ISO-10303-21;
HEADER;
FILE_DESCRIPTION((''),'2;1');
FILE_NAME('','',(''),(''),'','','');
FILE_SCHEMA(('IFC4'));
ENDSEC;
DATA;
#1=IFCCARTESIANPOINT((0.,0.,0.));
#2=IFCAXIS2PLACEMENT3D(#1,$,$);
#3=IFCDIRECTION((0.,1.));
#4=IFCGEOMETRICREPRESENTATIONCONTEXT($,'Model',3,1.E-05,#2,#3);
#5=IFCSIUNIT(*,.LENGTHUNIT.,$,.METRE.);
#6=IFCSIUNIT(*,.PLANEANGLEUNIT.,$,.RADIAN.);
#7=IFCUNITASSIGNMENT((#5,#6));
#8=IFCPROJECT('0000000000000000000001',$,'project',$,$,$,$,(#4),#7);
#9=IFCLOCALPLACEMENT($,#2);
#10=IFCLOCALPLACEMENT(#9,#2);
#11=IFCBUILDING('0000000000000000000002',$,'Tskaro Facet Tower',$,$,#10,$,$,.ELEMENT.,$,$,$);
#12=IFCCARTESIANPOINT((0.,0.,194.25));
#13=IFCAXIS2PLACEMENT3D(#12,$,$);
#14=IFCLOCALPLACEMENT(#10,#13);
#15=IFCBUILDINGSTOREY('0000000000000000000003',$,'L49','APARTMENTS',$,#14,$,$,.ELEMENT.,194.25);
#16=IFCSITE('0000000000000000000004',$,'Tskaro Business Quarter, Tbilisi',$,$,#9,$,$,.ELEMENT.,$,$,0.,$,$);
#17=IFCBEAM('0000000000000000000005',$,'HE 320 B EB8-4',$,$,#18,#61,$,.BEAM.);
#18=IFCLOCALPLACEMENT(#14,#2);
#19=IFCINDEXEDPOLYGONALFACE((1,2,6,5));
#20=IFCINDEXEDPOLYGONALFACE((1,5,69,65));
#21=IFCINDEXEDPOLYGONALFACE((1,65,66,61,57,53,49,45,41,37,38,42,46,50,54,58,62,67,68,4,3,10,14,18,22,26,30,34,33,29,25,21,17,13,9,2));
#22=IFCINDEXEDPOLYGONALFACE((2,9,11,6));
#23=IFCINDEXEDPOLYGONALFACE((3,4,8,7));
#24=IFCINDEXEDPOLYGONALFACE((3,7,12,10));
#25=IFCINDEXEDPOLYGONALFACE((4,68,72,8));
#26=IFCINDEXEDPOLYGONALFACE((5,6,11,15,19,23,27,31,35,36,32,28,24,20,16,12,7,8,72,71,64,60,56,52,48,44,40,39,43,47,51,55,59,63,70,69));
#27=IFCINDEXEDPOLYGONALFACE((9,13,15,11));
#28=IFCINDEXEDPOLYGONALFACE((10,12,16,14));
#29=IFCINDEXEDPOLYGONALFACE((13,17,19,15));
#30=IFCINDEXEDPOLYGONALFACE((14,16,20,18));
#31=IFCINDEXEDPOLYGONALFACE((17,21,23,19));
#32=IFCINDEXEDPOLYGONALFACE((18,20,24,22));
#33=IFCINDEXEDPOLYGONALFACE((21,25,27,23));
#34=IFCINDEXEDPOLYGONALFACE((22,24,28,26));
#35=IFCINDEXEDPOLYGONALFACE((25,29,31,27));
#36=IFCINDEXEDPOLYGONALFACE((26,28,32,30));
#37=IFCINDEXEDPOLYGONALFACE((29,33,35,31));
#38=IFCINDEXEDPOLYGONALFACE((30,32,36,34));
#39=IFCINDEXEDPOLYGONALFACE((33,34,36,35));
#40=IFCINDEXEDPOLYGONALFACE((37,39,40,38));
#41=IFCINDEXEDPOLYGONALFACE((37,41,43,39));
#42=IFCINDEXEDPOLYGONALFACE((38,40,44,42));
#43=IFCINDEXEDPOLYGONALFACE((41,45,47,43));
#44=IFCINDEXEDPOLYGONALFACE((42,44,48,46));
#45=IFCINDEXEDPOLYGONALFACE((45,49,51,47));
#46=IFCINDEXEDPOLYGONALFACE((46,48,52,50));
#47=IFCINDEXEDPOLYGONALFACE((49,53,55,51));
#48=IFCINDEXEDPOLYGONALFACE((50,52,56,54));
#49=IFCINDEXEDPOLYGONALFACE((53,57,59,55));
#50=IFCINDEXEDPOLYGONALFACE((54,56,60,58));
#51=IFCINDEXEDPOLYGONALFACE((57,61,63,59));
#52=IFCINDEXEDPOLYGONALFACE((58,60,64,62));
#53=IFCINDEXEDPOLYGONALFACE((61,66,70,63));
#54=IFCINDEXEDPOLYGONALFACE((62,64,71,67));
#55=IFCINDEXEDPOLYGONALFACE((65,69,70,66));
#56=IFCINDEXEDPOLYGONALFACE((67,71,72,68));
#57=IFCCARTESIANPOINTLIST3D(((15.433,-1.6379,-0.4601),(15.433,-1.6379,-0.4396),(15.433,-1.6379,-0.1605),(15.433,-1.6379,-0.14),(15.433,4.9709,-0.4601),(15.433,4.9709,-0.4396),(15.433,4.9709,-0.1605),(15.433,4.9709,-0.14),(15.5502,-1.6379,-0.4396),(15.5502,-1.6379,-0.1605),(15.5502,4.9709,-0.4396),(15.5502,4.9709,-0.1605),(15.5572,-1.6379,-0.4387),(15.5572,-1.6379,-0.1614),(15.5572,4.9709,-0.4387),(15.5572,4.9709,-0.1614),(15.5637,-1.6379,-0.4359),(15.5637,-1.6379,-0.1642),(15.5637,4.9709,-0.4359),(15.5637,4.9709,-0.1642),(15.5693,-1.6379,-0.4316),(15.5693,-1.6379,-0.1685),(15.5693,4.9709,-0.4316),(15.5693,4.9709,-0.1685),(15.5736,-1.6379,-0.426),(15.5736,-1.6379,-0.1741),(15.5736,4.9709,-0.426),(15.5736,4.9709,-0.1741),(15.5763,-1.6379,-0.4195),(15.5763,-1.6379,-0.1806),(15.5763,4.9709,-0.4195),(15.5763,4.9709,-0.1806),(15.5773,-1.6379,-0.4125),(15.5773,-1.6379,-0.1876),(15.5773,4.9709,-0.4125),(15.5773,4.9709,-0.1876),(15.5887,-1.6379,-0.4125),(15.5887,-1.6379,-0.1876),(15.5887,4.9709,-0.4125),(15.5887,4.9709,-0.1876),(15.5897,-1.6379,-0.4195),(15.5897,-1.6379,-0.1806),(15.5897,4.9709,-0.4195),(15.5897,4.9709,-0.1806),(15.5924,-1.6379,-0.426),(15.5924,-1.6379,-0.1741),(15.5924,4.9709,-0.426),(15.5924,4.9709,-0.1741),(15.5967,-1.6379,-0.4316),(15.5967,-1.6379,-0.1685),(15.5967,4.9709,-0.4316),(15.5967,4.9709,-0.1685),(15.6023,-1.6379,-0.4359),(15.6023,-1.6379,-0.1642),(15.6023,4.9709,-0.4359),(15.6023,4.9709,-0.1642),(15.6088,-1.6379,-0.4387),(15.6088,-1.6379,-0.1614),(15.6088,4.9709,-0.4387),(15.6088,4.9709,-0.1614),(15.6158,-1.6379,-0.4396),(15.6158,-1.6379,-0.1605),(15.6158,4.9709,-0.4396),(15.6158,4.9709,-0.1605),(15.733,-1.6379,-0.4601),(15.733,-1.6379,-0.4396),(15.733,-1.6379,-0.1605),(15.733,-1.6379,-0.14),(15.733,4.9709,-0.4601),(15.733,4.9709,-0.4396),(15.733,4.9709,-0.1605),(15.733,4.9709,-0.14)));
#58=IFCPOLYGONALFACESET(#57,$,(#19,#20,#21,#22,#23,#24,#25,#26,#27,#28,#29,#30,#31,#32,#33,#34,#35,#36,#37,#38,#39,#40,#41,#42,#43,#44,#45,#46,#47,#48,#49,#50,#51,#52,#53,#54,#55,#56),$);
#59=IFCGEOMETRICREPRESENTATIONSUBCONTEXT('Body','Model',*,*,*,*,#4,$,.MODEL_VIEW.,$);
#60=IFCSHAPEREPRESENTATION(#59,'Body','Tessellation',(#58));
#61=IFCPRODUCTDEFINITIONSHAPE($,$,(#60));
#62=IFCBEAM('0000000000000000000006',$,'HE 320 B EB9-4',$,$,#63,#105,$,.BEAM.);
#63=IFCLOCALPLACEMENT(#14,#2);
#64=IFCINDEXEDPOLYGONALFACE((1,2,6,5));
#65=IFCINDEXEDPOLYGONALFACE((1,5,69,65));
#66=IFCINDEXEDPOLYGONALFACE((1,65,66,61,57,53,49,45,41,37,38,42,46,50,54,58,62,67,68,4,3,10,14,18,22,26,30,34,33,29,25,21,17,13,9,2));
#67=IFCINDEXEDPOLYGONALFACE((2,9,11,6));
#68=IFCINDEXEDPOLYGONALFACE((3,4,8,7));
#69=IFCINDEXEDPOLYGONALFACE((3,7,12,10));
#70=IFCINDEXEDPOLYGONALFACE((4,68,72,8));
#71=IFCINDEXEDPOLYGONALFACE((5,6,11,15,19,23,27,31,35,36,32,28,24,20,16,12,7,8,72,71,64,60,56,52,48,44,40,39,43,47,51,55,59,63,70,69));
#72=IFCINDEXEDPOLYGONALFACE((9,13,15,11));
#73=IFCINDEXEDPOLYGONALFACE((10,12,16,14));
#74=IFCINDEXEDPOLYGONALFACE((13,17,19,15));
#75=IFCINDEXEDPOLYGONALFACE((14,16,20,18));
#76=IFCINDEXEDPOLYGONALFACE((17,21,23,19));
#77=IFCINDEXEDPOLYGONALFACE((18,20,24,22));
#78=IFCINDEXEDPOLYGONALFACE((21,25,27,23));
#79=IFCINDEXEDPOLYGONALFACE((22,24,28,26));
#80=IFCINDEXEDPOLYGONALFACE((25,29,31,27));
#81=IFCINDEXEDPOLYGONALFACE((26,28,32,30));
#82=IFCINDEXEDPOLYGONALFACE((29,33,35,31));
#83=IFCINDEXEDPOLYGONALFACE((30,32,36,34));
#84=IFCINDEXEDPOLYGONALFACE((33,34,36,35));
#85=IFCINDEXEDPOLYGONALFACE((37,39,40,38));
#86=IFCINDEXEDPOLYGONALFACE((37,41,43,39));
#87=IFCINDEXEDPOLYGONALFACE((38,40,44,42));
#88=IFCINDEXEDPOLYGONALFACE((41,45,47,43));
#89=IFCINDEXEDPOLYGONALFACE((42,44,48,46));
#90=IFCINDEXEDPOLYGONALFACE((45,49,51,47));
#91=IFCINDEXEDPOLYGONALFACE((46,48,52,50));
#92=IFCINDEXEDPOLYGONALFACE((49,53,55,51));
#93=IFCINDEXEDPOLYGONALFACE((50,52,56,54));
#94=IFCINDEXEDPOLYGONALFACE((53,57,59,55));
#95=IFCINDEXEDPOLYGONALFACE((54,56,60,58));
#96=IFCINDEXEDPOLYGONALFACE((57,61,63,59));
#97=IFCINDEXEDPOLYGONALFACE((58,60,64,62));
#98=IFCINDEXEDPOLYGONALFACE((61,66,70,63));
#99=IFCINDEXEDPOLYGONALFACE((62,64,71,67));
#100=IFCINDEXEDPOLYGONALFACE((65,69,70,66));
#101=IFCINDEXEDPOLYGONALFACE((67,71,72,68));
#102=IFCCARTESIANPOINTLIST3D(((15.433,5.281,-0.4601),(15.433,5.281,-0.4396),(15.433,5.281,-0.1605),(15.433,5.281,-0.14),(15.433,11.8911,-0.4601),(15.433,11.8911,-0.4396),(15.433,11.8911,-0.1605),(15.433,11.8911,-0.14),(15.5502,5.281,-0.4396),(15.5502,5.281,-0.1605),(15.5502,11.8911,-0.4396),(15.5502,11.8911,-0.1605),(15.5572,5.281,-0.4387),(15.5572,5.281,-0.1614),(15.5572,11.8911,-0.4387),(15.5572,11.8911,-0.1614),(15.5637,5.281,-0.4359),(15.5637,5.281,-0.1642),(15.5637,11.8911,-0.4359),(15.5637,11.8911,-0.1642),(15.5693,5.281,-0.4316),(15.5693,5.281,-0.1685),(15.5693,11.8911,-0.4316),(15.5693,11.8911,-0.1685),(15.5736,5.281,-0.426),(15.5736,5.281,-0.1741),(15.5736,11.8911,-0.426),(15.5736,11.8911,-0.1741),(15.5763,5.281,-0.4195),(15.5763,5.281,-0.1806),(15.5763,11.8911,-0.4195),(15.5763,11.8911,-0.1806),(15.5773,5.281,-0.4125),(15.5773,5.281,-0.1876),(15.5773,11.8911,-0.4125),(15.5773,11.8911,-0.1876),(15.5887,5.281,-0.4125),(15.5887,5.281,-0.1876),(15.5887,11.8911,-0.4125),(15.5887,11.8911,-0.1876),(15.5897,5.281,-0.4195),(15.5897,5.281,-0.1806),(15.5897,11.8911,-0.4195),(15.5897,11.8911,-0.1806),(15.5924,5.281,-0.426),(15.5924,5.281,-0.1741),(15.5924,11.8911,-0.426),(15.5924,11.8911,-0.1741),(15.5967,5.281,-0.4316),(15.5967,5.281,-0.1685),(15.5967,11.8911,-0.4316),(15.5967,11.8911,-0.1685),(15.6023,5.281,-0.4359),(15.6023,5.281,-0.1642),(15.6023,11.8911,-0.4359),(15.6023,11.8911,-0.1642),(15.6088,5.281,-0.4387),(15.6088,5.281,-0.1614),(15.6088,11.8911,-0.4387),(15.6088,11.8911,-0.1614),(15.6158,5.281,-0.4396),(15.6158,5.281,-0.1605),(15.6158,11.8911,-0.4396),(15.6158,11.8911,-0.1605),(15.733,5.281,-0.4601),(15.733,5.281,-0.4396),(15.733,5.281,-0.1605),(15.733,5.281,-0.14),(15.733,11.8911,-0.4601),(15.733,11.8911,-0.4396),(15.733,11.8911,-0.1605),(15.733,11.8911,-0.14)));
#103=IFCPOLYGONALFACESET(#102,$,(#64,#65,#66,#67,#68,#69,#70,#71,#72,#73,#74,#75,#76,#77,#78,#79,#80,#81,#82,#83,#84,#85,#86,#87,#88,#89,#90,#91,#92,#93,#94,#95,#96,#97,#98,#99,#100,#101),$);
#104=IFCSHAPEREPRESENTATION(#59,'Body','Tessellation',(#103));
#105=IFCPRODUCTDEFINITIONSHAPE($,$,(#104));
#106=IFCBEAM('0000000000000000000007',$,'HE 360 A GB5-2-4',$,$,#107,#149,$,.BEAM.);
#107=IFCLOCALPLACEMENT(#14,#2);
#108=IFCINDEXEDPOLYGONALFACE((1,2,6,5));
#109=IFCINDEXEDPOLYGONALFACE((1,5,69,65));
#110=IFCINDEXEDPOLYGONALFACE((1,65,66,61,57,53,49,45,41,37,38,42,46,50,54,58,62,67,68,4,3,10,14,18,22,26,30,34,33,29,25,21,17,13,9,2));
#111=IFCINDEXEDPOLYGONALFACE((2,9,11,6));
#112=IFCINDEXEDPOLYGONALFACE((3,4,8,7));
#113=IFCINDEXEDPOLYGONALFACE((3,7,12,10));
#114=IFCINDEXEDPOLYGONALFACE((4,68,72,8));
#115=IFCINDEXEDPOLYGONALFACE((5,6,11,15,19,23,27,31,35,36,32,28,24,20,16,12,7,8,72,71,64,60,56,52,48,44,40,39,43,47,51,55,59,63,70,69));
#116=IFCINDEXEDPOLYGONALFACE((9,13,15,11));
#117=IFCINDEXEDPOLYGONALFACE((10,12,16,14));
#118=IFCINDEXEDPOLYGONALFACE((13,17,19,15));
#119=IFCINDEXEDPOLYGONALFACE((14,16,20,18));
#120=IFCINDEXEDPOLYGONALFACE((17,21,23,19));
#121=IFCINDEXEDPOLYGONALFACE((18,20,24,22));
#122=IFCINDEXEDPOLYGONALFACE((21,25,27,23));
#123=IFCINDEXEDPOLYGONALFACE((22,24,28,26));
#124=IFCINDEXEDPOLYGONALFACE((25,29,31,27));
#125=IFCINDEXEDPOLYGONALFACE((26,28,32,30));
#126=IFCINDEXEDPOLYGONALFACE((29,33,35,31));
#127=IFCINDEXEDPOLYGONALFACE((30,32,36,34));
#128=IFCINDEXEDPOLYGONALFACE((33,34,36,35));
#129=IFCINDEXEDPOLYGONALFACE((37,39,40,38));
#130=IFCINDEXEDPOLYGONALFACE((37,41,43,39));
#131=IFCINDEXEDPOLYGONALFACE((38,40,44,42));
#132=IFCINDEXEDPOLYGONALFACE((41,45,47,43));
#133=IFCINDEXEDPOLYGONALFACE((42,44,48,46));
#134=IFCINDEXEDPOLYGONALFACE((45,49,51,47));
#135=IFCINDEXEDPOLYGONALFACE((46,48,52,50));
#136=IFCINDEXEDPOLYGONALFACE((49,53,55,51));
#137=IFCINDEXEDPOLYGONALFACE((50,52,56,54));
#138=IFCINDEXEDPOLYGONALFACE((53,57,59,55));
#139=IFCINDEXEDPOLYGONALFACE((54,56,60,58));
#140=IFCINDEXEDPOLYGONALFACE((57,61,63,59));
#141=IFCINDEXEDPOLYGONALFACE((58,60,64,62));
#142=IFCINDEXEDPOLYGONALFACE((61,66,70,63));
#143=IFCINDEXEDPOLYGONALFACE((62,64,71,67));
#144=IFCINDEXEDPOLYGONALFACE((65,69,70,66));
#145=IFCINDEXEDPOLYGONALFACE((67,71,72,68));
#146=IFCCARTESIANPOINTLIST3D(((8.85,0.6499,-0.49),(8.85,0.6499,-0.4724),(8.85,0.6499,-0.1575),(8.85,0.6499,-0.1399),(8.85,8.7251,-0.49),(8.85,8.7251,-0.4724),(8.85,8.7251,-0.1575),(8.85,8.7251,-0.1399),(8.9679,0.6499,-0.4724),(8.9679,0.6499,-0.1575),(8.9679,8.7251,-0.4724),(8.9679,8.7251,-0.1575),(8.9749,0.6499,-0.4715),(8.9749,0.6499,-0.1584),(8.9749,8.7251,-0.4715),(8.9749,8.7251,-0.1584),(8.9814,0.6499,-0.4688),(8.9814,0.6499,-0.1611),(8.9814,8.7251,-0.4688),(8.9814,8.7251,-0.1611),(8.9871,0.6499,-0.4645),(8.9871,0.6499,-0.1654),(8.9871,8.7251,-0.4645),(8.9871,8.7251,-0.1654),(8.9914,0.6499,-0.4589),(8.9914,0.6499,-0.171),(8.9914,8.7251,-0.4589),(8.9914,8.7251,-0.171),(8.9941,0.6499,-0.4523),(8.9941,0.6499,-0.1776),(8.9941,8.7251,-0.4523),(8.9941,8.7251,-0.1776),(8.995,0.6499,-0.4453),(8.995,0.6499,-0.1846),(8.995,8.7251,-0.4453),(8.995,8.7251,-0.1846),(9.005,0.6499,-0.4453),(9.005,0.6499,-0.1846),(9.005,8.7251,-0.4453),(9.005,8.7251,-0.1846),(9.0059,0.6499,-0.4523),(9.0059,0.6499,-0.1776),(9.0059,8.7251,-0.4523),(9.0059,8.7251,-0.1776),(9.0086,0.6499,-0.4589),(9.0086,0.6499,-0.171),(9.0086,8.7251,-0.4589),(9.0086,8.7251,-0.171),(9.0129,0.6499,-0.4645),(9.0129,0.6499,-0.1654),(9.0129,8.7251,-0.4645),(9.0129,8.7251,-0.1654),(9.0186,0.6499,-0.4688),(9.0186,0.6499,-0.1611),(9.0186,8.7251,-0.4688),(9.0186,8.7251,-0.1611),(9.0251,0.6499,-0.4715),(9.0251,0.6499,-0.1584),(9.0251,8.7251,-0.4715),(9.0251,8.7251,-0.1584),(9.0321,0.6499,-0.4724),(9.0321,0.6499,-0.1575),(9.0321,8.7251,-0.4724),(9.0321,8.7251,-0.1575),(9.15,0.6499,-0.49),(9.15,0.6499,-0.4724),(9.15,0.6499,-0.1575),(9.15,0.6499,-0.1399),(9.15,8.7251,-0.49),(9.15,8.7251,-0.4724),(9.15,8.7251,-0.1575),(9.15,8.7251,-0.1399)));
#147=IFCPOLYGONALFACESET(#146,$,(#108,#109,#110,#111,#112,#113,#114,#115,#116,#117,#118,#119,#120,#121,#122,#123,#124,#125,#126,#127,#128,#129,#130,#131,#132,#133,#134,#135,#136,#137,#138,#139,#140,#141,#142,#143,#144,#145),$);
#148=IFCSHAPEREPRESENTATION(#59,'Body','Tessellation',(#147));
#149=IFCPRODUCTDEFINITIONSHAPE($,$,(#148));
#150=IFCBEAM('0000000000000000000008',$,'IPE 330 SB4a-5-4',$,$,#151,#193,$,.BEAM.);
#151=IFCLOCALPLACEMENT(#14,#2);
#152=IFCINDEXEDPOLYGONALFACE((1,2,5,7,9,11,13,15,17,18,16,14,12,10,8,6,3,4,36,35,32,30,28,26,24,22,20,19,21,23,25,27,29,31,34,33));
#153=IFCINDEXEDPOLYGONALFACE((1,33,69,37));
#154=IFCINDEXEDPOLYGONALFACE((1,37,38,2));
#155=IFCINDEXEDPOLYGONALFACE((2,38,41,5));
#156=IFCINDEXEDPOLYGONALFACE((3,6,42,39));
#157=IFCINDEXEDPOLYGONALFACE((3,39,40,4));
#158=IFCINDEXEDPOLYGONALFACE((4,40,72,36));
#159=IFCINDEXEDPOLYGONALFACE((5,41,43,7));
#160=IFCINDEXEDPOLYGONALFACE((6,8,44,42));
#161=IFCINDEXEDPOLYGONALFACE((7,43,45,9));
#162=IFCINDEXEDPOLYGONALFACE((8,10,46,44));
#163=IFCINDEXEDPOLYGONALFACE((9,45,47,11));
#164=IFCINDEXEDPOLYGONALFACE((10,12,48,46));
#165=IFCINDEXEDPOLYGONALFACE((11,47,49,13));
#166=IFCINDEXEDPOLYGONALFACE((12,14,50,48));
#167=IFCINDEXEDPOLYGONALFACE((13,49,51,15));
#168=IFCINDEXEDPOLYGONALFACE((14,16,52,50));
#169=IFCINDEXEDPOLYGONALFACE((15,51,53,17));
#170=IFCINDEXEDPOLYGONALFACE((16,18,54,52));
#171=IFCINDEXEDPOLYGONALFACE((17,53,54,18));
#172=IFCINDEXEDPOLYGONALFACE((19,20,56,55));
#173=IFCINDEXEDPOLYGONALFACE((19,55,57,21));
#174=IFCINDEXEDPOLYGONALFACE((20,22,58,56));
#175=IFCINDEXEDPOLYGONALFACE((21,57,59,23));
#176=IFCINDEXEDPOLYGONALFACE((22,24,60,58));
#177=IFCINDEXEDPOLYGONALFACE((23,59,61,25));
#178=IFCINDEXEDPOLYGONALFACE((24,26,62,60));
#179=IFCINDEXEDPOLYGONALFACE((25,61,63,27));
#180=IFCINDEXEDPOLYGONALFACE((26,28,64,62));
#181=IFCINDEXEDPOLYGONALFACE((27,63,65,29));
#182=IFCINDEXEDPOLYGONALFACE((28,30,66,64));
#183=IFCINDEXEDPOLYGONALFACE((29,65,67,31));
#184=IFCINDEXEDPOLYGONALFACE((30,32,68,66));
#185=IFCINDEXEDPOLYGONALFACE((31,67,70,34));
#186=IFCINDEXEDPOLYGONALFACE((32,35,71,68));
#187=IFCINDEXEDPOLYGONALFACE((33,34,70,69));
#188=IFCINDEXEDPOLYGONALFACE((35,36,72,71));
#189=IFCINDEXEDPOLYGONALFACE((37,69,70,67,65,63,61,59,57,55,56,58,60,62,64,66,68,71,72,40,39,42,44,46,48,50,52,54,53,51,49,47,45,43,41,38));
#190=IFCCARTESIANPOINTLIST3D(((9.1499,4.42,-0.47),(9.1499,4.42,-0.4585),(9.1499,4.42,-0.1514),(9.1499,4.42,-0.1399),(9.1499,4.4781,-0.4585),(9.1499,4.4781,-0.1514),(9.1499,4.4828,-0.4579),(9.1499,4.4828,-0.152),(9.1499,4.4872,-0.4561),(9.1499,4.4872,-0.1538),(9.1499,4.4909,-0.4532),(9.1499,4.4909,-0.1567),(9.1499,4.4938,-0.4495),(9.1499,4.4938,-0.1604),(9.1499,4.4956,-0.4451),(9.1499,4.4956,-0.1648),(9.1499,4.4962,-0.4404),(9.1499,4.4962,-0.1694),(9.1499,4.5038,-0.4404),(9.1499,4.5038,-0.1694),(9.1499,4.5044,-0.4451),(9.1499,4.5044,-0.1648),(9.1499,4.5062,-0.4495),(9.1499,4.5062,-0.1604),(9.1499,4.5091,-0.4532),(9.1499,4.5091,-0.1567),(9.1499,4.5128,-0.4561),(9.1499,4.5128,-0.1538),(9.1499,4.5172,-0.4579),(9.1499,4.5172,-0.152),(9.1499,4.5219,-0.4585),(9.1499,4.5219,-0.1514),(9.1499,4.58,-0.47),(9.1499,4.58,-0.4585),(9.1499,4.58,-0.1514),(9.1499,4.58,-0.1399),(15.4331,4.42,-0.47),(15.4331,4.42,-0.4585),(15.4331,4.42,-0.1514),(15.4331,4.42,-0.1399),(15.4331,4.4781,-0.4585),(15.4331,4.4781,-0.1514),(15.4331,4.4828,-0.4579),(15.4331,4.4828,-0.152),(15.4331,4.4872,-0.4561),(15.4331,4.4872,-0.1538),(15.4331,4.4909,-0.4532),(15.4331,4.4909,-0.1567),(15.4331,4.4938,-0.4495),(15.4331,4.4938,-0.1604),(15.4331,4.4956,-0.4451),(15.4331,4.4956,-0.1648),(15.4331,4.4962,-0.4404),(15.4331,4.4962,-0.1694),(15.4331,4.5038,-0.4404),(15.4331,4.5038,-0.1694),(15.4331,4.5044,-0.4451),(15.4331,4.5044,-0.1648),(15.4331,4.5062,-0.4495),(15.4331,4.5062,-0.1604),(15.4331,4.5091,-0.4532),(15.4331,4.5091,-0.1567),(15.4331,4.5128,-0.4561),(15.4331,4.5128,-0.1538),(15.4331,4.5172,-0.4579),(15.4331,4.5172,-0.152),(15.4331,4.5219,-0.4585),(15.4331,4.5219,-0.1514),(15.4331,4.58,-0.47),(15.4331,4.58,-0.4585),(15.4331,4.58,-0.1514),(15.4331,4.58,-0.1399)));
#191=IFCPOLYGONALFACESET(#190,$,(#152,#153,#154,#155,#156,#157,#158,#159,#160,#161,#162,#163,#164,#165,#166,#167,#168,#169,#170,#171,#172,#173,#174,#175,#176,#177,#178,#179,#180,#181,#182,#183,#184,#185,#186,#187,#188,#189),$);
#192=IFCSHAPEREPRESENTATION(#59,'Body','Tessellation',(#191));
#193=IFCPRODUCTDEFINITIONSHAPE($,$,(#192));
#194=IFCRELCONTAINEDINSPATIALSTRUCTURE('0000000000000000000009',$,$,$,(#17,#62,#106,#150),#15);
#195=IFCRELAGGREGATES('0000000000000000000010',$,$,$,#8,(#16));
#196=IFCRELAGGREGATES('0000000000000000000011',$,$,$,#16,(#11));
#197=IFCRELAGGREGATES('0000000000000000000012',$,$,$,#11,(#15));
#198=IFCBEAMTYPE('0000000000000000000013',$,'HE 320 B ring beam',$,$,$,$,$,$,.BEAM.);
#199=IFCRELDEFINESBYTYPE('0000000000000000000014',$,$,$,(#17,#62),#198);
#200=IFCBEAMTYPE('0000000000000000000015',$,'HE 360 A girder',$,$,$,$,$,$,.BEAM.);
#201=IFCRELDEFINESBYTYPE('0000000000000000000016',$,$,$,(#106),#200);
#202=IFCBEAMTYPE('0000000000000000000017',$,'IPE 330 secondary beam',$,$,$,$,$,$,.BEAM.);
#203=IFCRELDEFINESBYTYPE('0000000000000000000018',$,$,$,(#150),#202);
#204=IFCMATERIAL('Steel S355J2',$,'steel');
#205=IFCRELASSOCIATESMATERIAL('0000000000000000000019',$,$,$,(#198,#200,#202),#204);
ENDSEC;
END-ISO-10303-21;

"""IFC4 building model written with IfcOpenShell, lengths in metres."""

from ifc_helpers import new_model, si_unit, direction, frame, origin, origin_2d, place, context, subcontext, project, spatial, i_section, extrude, material, material_profile, profile_set, type_object, element, save


model = new_model("IFC4")

# Units and contexts
model_context = context("Model", 3, precision=1e-05, world=origin(), true_north=direction((0.0, 1.0)))
body_context = subcontext(model_context, "Body", "Model", "MODEL_VIEW")
ifc_project = project(units=[si_unit("LENGTHUNIT", "METRE"), si_unit("PLANEANGLEUNIT", "RADIAN")], contexts=[model_context])

# Site, building, storey
site_placement = place(None, origin())
site = spatial("IfcSite", under=ifc_project, at=site_placement, Name="Tskaro Business Quarter, Tbilisi", CompositionType="ELEMENT", RefElevation=0.0)
building_placement = place(site_placement, origin())
building = spatial("IfcBuilding", under=site, at=building_placement, Name="Tskaro Facet Tower", CompositionType="ELEMENT")
storey_placement = place(building_placement, frame((0.0, 0.0, 194.25)))
storey = spatial("IfcBuildingStorey", under=building, at=storey_placement, Name="L49", Description="APARTMENTS", CompositionType="ELEMENT", Elevation=194.25)

# Beams
ifc_material_1 = material(Name="Steel S355J2", Category="steel")
ifc_material_profile_1 = material_profile(ifc_material_1, i_section(OverallWidth=0.3, OverallDepth=0.3201, WebThickness=0.0115, FlangeThickness=0.0205, FilletRadius=0.0271, at=origin_2d()), Name="HE 320 B")
ifc_profile_set_1 = profile_set([ifc_material_profile_1], Name="Steel S355J2")
beam_type_1 = type_object("IfcBeamType", Name="HE 320 B ring beam", PredefinedType="BEAM", material=ifc_profile_set_1)
beam_1_placement = place(storey_placement, frame((15.583, -1.6379, -0.3), z_axis=(0.0, 1.0, 0.0), x_axis=(-1.0, 0.0, 0.0)))
element("IfcBeam", 1, at=beam_1_placement, inside=storey, type_object=beam_type_1, Name="HE 320 B EB8-4", PredefinedType="BEAM", context=body_context, shape_type="SweptSolid", body=[
    extrude(i_section(OverallWidth=0.3, OverallDepth=0.3201, WebThickness=0.0115, FlangeThickness=0.0205, FilletRadius=0.0271, at=origin_2d()), origin(), (0.0, 0.0, 1.0), 6.6089),
])
beam_2_placement = place(storey_placement, frame((15.583, 5.281, -0.3), z_axis=(0.0, 1.0, 0.0), x_axis=(-1.0, 0.0, 0.0)))
element("IfcBeam", 2, at=beam_2_placement, inside=storey, type_object=beam_type_1, Name="HE 320 B EB9-4", PredefinedType="BEAM", context=body_context, shape_type="SweptSolid", body=[
    extrude(i_section(OverallWidth=0.3, OverallDepth=0.3201, WebThickness=0.0115, FlangeThickness=0.0205, FilletRadius=0.0271, at=origin_2d()), origin(), (0.0, 0.0, 1.0), 6.6101),
])
ifc_material_profile_2 = material_profile(ifc_material_1, i_section(OverallWidth=0.3, OverallDepth=0.3501, WebThickness=0.01, FlangeThickness=0.0176, FilletRadius=0.0271, at=origin_2d()), Name="HE 360 A")
ifc_profile_set_2 = profile_set([ifc_material_profile_2], Name="Steel S355J2")
beam_type_2 = type_object("IfcBeamType", Name="HE 360 A girder", PredefinedType="BEAM", material=ifc_profile_set_2)
beam_3_placement = place(storey_placement, frame((9.0, 0.6499, -0.3149), z_axis=(0.0, 1.0, 0.0), x_axis=(-1.0, 0.0, 0.0)))
element("IfcBeam", 3, at=beam_3_placement, inside=storey, type_object=beam_type_2, Name="HE 360 A GB5-2-4", PredefinedType="BEAM", context=body_context, shape_type="SweptSolid", body=[
    extrude(i_section(OverallWidth=0.3, OverallDepth=0.3501, WebThickness=0.01, FlangeThickness=0.0176, FilletRadius=0.0271, at=origin_2d()), origin(), (0.0, 0.0, 1.0), 8.0752),
])
ifc_material_profile_3 = material_profile(ifc_material_1, i_section(OverallWidth=0.1599, OverallDepth=0.3301, WebThickness=0.0076, FlangeThickness=0.0115, FilletRadius=0.0181, at=origin_2d()), Name="IPE 330")
ifc_profile_set_3 = profile_set([ifc_material_profile_3], Name="Steel S355J2")
beam_type_3 = type_object("IfcBeamType", Name="IPE 330 secondary beam", PredefinedType="BEAM", material=ifc_profile_set_3)
beam_4_placement = place(storey_placement, frame((9.1499, 4.5, -0.3049), z_axis=(1.0, 0.0, 0.0), x_axis=(0.0, 1.0, 0.0)))
element("IfcBeam", 4, at=beam_4_placement, inside=storey, type_object=beam_type_3, Name="IPE 330 SB4a-5-4", PredefinedType="BEAM", context=body_context, shape_type="SweptSolid", body=[
    extrude(i_section(OverallWidth=0.1599, OverallDepth=0.3301, WebThickness=0.0076, FlangeThickness=0.0115, FilletRadius=0.0181, at=origin_2d()), origin(), (0.0, 0.0, 1.0), 6.2832),
])

save(model, "model.ifc")
